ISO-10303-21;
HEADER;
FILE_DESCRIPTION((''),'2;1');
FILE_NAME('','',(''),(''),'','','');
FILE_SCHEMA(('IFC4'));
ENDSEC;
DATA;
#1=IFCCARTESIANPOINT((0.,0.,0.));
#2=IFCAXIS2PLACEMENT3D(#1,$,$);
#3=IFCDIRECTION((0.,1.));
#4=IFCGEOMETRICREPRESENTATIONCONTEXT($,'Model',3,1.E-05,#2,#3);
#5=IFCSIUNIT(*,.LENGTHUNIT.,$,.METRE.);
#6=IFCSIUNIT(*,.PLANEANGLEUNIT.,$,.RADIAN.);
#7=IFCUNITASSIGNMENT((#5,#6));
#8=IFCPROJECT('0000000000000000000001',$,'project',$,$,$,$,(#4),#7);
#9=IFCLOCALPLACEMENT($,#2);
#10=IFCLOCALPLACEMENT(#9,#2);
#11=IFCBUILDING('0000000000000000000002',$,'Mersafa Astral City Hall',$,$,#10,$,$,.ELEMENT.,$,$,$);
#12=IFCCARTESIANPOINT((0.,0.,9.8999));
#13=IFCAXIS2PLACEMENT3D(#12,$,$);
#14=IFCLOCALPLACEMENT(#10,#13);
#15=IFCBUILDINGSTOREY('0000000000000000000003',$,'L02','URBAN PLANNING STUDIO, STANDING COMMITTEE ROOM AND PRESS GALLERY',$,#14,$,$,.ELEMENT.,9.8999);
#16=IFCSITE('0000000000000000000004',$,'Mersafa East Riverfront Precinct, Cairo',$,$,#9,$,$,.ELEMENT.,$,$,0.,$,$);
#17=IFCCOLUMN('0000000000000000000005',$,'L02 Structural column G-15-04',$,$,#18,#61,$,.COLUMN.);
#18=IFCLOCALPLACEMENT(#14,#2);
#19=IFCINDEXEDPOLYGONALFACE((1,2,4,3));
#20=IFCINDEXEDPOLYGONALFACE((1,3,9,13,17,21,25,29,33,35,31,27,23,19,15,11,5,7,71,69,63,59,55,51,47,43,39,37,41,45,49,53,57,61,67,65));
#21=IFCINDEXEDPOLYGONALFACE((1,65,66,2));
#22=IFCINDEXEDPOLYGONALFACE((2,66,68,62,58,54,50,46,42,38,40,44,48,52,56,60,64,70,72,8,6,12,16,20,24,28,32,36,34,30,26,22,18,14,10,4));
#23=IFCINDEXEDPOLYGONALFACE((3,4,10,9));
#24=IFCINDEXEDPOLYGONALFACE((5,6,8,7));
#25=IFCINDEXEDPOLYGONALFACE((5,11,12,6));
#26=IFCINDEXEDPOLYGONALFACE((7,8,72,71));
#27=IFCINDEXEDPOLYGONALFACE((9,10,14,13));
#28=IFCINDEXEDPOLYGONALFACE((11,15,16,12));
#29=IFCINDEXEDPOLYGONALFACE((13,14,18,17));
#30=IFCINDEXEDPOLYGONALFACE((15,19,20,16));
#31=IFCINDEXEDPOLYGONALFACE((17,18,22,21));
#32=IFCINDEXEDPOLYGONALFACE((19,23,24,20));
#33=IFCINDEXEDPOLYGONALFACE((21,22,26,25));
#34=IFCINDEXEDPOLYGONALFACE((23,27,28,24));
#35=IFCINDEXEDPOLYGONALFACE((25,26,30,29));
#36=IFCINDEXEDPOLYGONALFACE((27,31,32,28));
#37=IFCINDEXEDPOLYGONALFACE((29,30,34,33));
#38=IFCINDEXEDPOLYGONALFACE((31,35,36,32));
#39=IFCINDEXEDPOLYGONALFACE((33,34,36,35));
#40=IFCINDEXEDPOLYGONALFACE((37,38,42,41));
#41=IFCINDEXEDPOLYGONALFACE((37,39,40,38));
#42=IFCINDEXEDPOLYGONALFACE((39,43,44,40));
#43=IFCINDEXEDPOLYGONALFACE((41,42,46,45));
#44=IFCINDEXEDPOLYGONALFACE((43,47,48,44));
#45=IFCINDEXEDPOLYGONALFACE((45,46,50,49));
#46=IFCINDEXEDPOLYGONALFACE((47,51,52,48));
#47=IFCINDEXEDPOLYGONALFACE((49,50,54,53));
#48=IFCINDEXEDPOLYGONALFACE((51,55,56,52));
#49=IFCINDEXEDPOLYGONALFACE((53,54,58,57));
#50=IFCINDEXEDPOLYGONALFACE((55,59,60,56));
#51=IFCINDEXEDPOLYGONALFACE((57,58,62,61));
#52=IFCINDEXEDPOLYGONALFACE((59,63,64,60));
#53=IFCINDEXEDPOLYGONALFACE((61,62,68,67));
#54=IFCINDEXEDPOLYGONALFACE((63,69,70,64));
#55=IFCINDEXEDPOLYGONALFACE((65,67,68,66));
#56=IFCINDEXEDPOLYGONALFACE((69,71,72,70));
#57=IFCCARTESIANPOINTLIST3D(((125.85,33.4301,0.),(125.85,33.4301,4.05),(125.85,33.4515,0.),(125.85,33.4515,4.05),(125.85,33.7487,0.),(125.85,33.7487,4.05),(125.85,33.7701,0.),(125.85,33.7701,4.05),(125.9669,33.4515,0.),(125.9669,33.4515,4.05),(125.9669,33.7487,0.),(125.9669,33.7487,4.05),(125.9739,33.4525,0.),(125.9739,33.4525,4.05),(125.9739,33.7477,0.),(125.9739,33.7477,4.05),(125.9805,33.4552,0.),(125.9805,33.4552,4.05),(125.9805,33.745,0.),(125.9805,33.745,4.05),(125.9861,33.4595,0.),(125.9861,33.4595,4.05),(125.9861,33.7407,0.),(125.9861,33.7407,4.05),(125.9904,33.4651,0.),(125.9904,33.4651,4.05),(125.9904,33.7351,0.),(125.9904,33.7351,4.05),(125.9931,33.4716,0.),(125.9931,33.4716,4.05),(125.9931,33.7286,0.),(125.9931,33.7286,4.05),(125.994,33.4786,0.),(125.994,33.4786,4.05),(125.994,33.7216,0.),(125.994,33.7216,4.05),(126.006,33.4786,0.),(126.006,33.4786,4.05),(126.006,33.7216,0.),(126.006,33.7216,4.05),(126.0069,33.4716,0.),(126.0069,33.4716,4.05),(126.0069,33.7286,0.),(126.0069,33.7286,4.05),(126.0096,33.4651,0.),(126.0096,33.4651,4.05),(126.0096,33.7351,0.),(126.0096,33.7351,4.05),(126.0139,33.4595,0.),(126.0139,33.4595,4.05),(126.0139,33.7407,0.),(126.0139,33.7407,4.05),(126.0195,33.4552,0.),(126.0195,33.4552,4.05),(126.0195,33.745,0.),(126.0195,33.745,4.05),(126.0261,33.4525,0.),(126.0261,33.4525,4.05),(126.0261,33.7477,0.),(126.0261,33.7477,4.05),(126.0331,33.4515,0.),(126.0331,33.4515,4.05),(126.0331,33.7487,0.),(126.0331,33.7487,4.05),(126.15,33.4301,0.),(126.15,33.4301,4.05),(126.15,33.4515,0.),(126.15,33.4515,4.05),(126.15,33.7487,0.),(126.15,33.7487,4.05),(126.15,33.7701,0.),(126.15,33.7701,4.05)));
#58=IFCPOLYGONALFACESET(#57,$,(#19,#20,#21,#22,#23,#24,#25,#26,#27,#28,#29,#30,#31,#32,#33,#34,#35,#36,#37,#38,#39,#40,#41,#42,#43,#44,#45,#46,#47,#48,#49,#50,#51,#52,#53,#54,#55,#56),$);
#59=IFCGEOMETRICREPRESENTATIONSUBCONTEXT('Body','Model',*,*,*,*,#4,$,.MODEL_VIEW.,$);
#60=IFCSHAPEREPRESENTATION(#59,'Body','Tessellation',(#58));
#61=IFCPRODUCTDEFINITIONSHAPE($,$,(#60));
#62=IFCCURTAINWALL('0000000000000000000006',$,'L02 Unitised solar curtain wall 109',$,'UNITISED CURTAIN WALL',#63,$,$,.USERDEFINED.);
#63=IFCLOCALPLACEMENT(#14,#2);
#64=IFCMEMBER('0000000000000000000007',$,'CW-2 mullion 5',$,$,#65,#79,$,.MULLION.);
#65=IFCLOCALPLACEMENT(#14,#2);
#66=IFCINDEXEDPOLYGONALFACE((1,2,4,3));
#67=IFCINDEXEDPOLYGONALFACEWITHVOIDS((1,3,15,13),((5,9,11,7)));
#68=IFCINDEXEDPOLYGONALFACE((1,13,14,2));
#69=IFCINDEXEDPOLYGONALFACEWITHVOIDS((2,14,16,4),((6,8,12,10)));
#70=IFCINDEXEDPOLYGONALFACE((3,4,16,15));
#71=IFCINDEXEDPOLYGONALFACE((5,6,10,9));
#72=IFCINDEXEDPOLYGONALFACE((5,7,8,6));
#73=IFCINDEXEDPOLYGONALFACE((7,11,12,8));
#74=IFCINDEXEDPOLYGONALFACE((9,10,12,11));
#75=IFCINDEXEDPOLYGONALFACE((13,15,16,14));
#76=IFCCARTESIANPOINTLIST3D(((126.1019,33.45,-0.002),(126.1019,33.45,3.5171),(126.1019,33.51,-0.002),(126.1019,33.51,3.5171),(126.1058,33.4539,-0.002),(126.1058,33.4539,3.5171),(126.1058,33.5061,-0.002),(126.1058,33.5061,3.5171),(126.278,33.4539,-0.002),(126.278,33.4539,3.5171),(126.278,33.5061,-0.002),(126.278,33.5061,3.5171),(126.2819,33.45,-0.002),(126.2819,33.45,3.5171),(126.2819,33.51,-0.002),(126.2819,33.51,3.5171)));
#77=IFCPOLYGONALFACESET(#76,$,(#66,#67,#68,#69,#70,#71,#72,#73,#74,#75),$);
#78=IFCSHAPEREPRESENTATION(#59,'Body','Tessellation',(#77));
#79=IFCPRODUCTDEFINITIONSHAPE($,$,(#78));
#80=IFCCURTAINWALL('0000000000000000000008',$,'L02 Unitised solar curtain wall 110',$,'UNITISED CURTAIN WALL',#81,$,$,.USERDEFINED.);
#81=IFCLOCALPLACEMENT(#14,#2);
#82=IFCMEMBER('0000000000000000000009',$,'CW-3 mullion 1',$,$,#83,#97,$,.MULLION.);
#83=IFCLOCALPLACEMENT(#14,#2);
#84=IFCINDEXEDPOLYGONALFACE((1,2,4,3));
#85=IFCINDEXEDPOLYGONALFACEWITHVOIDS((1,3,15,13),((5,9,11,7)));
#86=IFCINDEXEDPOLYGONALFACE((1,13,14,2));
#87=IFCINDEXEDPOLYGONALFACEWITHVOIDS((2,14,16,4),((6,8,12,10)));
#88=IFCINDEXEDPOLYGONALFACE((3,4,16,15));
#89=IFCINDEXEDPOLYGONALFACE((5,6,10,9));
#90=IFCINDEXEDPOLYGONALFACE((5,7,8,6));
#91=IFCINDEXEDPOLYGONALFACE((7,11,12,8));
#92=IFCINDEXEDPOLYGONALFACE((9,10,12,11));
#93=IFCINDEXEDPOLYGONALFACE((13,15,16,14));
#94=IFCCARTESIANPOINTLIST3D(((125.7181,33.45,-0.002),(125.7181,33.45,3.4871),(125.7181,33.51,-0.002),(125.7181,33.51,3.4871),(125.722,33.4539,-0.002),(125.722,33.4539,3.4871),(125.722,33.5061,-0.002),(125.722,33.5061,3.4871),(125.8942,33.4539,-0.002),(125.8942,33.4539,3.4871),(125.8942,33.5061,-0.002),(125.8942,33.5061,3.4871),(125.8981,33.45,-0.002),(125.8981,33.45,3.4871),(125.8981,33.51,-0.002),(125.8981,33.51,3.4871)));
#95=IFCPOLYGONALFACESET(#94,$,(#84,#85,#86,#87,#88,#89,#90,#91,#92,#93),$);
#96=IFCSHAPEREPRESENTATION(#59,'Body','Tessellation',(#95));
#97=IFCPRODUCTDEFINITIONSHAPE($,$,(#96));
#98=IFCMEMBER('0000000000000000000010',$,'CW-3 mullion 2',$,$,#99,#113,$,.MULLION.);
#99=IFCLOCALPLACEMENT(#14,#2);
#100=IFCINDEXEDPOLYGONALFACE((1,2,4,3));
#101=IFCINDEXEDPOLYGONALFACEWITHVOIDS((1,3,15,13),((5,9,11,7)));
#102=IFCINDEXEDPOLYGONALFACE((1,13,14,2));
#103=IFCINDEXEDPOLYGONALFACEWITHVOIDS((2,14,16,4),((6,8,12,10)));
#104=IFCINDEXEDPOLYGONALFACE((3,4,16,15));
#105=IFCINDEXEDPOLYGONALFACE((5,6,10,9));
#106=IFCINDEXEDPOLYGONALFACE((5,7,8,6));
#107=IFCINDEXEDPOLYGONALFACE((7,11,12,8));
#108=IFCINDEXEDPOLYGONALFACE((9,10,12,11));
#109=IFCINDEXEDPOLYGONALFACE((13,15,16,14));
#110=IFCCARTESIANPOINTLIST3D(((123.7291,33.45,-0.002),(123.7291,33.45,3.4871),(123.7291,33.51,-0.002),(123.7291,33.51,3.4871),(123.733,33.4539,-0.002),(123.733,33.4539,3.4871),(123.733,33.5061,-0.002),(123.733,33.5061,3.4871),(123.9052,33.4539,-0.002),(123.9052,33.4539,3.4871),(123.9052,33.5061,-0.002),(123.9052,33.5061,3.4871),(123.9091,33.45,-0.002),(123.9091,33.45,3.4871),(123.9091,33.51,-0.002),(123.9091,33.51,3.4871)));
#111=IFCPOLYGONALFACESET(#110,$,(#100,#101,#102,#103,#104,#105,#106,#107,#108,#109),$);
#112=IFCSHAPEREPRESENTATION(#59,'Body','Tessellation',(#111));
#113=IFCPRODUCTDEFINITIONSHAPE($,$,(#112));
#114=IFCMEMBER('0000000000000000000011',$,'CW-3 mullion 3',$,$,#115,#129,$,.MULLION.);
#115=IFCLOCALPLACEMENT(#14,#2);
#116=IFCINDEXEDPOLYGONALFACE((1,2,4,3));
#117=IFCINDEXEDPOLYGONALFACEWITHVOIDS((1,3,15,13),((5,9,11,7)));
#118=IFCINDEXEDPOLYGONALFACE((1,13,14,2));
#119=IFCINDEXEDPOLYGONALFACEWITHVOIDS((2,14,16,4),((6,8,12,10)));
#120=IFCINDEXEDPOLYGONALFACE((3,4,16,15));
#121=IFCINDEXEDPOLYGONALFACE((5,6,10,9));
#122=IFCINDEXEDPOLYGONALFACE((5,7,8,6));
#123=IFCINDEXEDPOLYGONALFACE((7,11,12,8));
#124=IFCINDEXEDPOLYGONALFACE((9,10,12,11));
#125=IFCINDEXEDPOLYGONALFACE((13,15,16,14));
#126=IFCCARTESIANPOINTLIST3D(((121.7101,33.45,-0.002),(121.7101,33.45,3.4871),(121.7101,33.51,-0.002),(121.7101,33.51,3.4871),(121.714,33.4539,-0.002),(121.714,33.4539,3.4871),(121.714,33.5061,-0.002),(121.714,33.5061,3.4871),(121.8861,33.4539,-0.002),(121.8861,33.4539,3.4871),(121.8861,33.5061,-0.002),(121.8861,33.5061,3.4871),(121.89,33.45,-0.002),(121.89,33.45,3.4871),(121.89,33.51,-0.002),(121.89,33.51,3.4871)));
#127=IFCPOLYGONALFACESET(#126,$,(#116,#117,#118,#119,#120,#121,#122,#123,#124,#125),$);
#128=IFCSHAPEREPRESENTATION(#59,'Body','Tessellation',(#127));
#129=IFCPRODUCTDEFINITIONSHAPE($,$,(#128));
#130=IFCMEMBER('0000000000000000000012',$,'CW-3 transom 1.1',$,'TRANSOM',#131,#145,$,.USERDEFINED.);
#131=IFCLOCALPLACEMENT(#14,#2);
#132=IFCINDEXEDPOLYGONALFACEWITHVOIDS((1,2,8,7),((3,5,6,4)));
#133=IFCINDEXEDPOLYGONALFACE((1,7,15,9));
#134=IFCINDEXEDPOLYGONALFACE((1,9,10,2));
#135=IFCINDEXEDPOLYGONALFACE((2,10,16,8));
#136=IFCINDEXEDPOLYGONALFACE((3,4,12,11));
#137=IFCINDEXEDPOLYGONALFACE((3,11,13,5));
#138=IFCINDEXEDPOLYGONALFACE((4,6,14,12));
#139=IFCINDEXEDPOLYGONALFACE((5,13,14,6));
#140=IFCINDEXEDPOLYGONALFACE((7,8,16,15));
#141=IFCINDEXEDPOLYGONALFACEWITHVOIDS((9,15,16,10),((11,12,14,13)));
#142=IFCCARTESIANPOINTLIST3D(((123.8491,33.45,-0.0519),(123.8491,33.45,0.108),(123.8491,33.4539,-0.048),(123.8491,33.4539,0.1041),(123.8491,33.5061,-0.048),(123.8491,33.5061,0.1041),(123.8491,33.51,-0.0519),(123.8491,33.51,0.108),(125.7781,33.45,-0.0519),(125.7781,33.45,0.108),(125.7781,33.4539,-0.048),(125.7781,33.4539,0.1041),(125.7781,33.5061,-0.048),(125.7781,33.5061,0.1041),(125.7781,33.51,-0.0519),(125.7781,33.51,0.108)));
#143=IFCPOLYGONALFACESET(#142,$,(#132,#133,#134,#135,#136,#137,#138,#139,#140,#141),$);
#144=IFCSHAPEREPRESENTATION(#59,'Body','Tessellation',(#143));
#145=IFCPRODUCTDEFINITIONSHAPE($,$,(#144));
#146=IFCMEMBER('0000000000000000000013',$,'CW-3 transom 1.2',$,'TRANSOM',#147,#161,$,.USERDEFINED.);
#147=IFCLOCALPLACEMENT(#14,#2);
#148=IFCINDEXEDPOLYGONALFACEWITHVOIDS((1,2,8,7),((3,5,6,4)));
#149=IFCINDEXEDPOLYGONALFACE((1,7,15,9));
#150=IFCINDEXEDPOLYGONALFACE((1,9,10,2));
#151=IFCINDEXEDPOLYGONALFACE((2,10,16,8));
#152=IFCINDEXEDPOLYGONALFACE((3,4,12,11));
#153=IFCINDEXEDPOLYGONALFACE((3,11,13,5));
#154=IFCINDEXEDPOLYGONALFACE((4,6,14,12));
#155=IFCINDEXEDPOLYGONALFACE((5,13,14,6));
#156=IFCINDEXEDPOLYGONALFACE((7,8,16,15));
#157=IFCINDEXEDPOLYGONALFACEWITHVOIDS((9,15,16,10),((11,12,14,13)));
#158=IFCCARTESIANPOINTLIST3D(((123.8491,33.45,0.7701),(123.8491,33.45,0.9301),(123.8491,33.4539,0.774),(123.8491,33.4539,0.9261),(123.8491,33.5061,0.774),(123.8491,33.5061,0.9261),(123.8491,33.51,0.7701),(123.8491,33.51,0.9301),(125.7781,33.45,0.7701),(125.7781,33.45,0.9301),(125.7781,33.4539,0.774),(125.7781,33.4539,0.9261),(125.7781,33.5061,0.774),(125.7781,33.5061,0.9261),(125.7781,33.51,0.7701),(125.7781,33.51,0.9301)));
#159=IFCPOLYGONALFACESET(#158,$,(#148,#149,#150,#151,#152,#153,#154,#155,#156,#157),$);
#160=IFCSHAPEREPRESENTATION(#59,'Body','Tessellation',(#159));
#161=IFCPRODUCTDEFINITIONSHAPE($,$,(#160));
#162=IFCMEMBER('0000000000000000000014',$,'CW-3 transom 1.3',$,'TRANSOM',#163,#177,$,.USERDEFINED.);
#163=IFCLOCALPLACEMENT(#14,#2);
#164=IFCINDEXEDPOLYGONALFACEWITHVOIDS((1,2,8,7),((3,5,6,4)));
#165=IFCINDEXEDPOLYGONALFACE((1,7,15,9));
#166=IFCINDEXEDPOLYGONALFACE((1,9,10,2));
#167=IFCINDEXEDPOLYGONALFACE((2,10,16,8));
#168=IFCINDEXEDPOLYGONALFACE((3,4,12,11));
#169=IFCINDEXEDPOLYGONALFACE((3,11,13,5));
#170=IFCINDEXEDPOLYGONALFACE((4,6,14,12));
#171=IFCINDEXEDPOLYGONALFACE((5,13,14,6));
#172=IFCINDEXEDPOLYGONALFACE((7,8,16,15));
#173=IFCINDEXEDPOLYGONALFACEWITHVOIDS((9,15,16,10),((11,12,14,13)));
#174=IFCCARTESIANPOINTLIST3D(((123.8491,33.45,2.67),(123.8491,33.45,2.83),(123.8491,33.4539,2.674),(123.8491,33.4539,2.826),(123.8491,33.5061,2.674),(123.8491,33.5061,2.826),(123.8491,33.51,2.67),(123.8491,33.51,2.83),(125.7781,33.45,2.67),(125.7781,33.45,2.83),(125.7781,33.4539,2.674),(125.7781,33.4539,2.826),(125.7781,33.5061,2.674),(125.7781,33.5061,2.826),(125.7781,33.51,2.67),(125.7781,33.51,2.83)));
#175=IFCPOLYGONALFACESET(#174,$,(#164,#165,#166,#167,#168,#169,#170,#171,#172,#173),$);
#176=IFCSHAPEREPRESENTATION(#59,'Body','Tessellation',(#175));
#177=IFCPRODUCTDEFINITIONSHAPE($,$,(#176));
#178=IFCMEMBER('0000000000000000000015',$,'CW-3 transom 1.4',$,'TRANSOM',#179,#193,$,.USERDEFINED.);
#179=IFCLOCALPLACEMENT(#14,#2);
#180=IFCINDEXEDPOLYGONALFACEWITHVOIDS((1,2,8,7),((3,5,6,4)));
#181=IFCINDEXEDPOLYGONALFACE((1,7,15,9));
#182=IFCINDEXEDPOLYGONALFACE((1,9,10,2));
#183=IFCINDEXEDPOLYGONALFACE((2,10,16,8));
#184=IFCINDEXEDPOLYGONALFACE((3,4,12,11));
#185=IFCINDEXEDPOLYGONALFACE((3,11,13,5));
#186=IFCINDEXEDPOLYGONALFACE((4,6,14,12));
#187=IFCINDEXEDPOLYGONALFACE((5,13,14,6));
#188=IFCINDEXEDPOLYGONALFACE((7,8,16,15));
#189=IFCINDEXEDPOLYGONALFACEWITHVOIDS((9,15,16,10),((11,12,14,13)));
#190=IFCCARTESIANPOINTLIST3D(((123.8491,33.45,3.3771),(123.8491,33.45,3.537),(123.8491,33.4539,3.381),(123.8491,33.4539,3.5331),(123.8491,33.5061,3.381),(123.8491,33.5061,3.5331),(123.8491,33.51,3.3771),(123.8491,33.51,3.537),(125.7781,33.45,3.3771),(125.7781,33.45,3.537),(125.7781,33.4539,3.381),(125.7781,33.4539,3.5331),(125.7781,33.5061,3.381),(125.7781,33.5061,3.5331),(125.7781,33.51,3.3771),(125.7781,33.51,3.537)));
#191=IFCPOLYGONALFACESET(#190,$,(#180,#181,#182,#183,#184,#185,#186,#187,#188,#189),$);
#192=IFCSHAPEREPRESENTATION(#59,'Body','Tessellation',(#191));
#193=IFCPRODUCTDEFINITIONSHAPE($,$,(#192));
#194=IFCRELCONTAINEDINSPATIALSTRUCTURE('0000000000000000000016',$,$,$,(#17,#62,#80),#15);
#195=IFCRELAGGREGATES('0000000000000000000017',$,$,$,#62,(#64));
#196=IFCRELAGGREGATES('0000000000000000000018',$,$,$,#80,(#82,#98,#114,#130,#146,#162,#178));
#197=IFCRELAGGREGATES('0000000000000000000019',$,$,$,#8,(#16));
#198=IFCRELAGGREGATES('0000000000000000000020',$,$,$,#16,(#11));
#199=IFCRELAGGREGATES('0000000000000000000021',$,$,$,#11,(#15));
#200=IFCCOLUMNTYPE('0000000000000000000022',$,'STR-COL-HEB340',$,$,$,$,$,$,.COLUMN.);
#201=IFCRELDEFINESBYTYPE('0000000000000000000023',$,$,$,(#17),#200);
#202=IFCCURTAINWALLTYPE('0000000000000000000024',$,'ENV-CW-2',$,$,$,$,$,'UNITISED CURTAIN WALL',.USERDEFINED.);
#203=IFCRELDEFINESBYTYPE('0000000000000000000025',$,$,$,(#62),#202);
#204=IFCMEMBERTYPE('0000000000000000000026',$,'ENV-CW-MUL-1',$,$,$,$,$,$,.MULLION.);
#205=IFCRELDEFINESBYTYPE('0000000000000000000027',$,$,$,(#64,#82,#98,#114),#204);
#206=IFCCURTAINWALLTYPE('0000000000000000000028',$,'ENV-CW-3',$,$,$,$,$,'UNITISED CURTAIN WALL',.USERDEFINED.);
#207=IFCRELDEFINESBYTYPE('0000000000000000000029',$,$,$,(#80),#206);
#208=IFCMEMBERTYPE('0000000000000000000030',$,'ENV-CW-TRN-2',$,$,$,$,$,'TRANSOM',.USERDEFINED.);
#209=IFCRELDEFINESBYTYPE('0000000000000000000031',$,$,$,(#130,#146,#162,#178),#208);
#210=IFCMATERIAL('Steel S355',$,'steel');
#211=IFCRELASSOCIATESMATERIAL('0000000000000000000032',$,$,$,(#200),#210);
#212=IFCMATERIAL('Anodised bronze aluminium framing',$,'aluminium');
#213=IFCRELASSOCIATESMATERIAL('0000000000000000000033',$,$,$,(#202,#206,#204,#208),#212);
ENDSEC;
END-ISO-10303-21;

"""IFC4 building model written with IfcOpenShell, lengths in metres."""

from ifc_helpers import new_model, si_unit, direction, frame, origin, origin_2d, place, context, subcontext, project, spatial, hollow_rectangle, i_section, extrude, material, material_profile, profile_set, type_object, element, aggregate, save


model = new_model("IFC4")

# Units and contexts
model_context = context("Model", 3, precision=1e-05, world=origin(), true_north=direction((0.0, 1.0)))
body_context = subcontext(model_context, "Body", "Model", "MODEL_VIEW")
ifc_project = project(units=[si_unit("LENGTHUNIT", "METRE"), si_unit("PLANEANGLEUNIT", "RADIAN")], contexts=[model_context])

# Site, building, storey
site_placement = place(None, origin())
site = spatial("IfcSite", under=ifc_project, at=site_placement, Name="Mersafa East Riverfront Precinct, Cairo", CompositionType="ELEMENT", RefElevation=0.0)
building_placement = place(site_placement, origin())
building = spatial("IfcBuilding", under=site, at=building_placement, Name="Mersafa Astral City Hall", CompositionType="ELEMENT")
storey_placement = place(building_placement, frame((0.0, 0.0, 9.8999)))
storey = spatial("IfcBuildingStorey", under=building, at=storey_placement, Name="L02", Description="URBAN PLANNING STUDIO, STANDING COMMITTEE ROOM AND PRESS GALLERY", CompositionType="ELEMENT", Elevation=9.8999)

# Column
ifc_material_1 = material(Name="Steel S355", Category="steel")
ifc_material_profile_1 = material_profile(ifc_material_1, i_section(OverallWidth=0.3, OverallDepth=0.3401, WebThickness=0.012, FlangeThickness=0.0215, FilletRadius=0.0271, at=origin_2d()), Name="HEB 340")
ifc_profile_set_1 = profile_set([ifc_material_profile_1], Name="Steel S355")
column_type = type_object("IfcColumnType", Name="STR-COL-HEB340", PredefinedType="COLUMN", material=ifc_profile_set_1)
column_placement = place(storey_placement, frame((126.0, 33.6001, 0.0), z_axis=(0.0, 0.0, 1.0), x_axis=(1.0, 0.0, 0.0)))
element("IfcColumn", 1, at=column_placement, inside=storey, type_object=column_type, Name="L02 Structural column G-15-04", PredefinedType="COLUMN", context=body_context, shape_type="SweptSolid", body=[
    extrude(i_section(OverallWidth=0.3, OverallDepth=0.3401, WebThickness=0.012, FlangeThickness=0.0215, FilletRadius=0.0271, at=origin_2d()), origin(), (0.0, 0.0, 1.0), 4.05),
])

# Curtain wall, member
ifc_material_2 = material(Name="Anodised bronze aluminium framing", Category="aluminium")
curtain_wall_type_1 = type_object("IfcCurtainWallType", Name="ENV-CW-2", ElementType="UNITISED CURTAIN WALL", PredefinedType="USERDEFINED", material=ifc_material_2)
curtain_wall_1_placement = place(storey_placement, origin())
curtain_wall_1 = element("IfcCurtainWall", 2, at=curtain_wall_1_placement, inside=storey, type_object=curtain_wall_type_1, Name="L02 Unitised solar curtain wall 109", ObjectType="UNITISED CURTAIN WALL", PredefinedType="USERDEFINED")
ifc_material_profile_2 = material_profile(ifc_material_2, hollow_rectangle(XDim=0.0601, YDim=0.1799, WallThickness=0.0039, at=origin_2d()), Name="RHS 60x180x4")
ifc_profile_set_2 = profile_set([ifc_material_profile_2], Name="Anodised bronze aluminium framing")
member_type_1 = type_object("IfcMemberType", Name="ENV-CW-MUL-1", PredefinedType="MULLION", material=ifc_profile_set_2)
member_1_placement = place(storey_placement, frame((126.1919, 33.48, -0.002), z_axis=(0.0, 0.0, 1.0), x_axis=(0.0, -1.0, 0.0)))
member_1 = element("IfcMember", 3, at=member_1_placement, type_object=member_type_1, Name="CW-2 mullion 5", PredefinedType="MULLION", context=body_context, shape_type="SweptSolid", body=[
    extrude(hollow_rectangle(XDim=0.0601, YDim=0.1799, WallThickness=0.0039, at=origin_2d()), origin(), (0.0, 0.0, 1.0), 3.519),
])
aggregate(curtain_wall_1, [member_1])

# Curtain wall, members
curtain_wall_type_2 = type_object("IfcCurtainWallType", Name="ENV-CW-3", ElementType="UNITISED CURTAIN WALL", PredefinedType="USERDEFINED", material=ifc_material_2)
curtain_wall_2_placement = place(storey_placement, origin())
curtain_wall_2 = element("IfcCurtainWall", 4, at=curtain_wall_2_placement, inside=storey, type_object=curtain_wall_type_2, Name="L02 Unitised solar curtain wall 110", ObjectType="UNITISED CURTAIN WALL", PredefinedType="USERDEFINED")
member_2_placement = place(storey_placement, frame((125.8081, 33.48, -0.002), z_axis=(0.0, 0.0, 1.0), x_axis=(0.0, -1.0, 0.0)))
member_2 = element("IfcMember", 5, at=member_2_placement, type_object=member_type_1, Name="CW-3 mullion 1", PredefinedType="MULLION", context=body_context, shape_type="SweptSolid", body=[
    extrude(hollow_rectangle(XDim=0.0601, YDim=0.1799, WallThickness=0.0039, at=origin_2d()), origin(), (0.0, 0.0, 1.0), 3.489),
])
member_3_placement = place(storey_placement, frame((123.8191, 33.48, -0.002), z_axis=(0.0, 0.0, 1.0), x_axis=(0.0, -1.0, 0.0)))
member_3 = element("IfcMember", 6, at=member_3_placement, type_object=member_type_1, Name="CW-3 mullion 2", PredefinedType="MULLION", context=body_context, shape_type="SweptSolid", body=[
    extrude(hollow_rectangle(XDim=0.0601, YDim=0.1799, WallThickness=0.0039, at=origin_2d()), origin(), (0.0, 0.0, 1.0), 3.489),
])
member_4_placement = place(storey_placement, frame((121.8, 33.48, -0.002), z_axis=(0.0, 0.0, 1.0), x_axis=(0.0, -1.0, 0.0)))
member_4 = element("IfcMember", 7, at=member_4_placement, type_object=member_type_1, Name="CW-3 mullion 3", PredefinedType="MULLION", context=body_context, shape_type="SweptSolid", body=[
    extrude(hollow_rectangle(XDim=0.0601, YDim=0.1799, WallThickness=0.0039, at=origin_2d()), origin(), (0.0, 0.0, 1.0), 3.489),
])
ifc_material_profile_3 = material_profile(ifc_material_2, hollow_rectangle(XDim=0.0601, YDim=0.1599, WallThickness=0.0039, at=origin_2d()), Name="RHS 60x160x4")
ifc_profile_set_3 = profile_set([ifc_material_profile_3], Name="Anodised bronze aluminium framing")
member_type_2 = type_object("IfcMemberType", Name="ENV-CW-TRN-2", ElementType="TRANSOM", PredefinedType="USERDEFINED", material=ifc_profile_set_3)
member_5_placement = place(storey_placement, frame((125.7781, 33.48, 0.0281), z_axis=(-1.0, 0.0, 0.0), x_axis=(0.0, -1.0, 0.0)))
member_5 = element("IfcMember", 8, at=member_5_placement, type_object=member_type_2, Name="CW-3 transom 1.1", ObjectType="TRANSOM", PredefinedType="USERDEFINED", context=body_context, shape_type="SweptSolid", body=[
    extrude(hollow_rectangle(XDim=0.0601, YDim=0.1599, WallThickness=0.0039, at=origin_2d()), origin(), (0.0, 0.0, 1.0), 1.929),
])
member_6_placement = place(storey_placement, frame((125.7781, 33.48, 0.8501), z_axis=(-1.0, 0.0, 0.0), x_axis=(0.0, -1.0, 0.0)))
member_6 = element("IfcMember", 9, at=member_6_placement, type_object=member_type_2, Name="CW-3 transom 1.2", ObjectType="TRANSOM", PredefinedType="USERDEFINED", context=body_context, shape_type="SweptSolid", body=[
    extrude(hollow_rectangle(XDim=0.0601, YDim=0.1599, WallThickness=0.0039, at=origin_2d()), origin(), (0.0, 0.0, 1.0), 1.929),
])
member_7_placement = place(storey_placement, frame((125.7781, 33.48, 2.75), z_axis=(-1.0, 0.0, 0.0), x_axis=(0.0, -1.0, 0.0)))
member_7 = element("IfcMember", 10, at=member_7_placement, type_object=member_type_2, Name="CW-3 transom 1.3", ObjectType="TRANSOM", PredefinedType="USERDEFINED", context=body_context, shape_type="SweptSolid", body=[
    extrude(hollow_rectangle(XDim=0.0601, YDim=0.1599, WallThickness=0.0039, at=origin_2d()), origin(), (0.0, 0.0, 1.0), 1.929),
])
member_8_placement = place(storey_placement, frame((125.7781, 33.48, 3.457), z_axis=(-1.0, 0.0, 0.0), x_axis=(0.0, -1.0, 0.0)))
member_8 = element("IfcMember", 11, at=member_8_placement, type_object=member_type_2, Name="CW-3 transom 1.4", ObjectType="TRANSOM", PredefinedType="USERDEFINED", context=body_context, shape_type="SweptSolid", body=[
    extrude(hollow_rectangle(XDim=0.0601, YDim=0.1599, WallThickness=0.0039, at=origin_2d()), origin(), (0.0, 0.0, 1.0), 1.929),
])

aggregate(curtain_wall_2, [member_2, member_3, member_4, member_5, member_6, member_7, member_8])

save(model, "model.ifc")
